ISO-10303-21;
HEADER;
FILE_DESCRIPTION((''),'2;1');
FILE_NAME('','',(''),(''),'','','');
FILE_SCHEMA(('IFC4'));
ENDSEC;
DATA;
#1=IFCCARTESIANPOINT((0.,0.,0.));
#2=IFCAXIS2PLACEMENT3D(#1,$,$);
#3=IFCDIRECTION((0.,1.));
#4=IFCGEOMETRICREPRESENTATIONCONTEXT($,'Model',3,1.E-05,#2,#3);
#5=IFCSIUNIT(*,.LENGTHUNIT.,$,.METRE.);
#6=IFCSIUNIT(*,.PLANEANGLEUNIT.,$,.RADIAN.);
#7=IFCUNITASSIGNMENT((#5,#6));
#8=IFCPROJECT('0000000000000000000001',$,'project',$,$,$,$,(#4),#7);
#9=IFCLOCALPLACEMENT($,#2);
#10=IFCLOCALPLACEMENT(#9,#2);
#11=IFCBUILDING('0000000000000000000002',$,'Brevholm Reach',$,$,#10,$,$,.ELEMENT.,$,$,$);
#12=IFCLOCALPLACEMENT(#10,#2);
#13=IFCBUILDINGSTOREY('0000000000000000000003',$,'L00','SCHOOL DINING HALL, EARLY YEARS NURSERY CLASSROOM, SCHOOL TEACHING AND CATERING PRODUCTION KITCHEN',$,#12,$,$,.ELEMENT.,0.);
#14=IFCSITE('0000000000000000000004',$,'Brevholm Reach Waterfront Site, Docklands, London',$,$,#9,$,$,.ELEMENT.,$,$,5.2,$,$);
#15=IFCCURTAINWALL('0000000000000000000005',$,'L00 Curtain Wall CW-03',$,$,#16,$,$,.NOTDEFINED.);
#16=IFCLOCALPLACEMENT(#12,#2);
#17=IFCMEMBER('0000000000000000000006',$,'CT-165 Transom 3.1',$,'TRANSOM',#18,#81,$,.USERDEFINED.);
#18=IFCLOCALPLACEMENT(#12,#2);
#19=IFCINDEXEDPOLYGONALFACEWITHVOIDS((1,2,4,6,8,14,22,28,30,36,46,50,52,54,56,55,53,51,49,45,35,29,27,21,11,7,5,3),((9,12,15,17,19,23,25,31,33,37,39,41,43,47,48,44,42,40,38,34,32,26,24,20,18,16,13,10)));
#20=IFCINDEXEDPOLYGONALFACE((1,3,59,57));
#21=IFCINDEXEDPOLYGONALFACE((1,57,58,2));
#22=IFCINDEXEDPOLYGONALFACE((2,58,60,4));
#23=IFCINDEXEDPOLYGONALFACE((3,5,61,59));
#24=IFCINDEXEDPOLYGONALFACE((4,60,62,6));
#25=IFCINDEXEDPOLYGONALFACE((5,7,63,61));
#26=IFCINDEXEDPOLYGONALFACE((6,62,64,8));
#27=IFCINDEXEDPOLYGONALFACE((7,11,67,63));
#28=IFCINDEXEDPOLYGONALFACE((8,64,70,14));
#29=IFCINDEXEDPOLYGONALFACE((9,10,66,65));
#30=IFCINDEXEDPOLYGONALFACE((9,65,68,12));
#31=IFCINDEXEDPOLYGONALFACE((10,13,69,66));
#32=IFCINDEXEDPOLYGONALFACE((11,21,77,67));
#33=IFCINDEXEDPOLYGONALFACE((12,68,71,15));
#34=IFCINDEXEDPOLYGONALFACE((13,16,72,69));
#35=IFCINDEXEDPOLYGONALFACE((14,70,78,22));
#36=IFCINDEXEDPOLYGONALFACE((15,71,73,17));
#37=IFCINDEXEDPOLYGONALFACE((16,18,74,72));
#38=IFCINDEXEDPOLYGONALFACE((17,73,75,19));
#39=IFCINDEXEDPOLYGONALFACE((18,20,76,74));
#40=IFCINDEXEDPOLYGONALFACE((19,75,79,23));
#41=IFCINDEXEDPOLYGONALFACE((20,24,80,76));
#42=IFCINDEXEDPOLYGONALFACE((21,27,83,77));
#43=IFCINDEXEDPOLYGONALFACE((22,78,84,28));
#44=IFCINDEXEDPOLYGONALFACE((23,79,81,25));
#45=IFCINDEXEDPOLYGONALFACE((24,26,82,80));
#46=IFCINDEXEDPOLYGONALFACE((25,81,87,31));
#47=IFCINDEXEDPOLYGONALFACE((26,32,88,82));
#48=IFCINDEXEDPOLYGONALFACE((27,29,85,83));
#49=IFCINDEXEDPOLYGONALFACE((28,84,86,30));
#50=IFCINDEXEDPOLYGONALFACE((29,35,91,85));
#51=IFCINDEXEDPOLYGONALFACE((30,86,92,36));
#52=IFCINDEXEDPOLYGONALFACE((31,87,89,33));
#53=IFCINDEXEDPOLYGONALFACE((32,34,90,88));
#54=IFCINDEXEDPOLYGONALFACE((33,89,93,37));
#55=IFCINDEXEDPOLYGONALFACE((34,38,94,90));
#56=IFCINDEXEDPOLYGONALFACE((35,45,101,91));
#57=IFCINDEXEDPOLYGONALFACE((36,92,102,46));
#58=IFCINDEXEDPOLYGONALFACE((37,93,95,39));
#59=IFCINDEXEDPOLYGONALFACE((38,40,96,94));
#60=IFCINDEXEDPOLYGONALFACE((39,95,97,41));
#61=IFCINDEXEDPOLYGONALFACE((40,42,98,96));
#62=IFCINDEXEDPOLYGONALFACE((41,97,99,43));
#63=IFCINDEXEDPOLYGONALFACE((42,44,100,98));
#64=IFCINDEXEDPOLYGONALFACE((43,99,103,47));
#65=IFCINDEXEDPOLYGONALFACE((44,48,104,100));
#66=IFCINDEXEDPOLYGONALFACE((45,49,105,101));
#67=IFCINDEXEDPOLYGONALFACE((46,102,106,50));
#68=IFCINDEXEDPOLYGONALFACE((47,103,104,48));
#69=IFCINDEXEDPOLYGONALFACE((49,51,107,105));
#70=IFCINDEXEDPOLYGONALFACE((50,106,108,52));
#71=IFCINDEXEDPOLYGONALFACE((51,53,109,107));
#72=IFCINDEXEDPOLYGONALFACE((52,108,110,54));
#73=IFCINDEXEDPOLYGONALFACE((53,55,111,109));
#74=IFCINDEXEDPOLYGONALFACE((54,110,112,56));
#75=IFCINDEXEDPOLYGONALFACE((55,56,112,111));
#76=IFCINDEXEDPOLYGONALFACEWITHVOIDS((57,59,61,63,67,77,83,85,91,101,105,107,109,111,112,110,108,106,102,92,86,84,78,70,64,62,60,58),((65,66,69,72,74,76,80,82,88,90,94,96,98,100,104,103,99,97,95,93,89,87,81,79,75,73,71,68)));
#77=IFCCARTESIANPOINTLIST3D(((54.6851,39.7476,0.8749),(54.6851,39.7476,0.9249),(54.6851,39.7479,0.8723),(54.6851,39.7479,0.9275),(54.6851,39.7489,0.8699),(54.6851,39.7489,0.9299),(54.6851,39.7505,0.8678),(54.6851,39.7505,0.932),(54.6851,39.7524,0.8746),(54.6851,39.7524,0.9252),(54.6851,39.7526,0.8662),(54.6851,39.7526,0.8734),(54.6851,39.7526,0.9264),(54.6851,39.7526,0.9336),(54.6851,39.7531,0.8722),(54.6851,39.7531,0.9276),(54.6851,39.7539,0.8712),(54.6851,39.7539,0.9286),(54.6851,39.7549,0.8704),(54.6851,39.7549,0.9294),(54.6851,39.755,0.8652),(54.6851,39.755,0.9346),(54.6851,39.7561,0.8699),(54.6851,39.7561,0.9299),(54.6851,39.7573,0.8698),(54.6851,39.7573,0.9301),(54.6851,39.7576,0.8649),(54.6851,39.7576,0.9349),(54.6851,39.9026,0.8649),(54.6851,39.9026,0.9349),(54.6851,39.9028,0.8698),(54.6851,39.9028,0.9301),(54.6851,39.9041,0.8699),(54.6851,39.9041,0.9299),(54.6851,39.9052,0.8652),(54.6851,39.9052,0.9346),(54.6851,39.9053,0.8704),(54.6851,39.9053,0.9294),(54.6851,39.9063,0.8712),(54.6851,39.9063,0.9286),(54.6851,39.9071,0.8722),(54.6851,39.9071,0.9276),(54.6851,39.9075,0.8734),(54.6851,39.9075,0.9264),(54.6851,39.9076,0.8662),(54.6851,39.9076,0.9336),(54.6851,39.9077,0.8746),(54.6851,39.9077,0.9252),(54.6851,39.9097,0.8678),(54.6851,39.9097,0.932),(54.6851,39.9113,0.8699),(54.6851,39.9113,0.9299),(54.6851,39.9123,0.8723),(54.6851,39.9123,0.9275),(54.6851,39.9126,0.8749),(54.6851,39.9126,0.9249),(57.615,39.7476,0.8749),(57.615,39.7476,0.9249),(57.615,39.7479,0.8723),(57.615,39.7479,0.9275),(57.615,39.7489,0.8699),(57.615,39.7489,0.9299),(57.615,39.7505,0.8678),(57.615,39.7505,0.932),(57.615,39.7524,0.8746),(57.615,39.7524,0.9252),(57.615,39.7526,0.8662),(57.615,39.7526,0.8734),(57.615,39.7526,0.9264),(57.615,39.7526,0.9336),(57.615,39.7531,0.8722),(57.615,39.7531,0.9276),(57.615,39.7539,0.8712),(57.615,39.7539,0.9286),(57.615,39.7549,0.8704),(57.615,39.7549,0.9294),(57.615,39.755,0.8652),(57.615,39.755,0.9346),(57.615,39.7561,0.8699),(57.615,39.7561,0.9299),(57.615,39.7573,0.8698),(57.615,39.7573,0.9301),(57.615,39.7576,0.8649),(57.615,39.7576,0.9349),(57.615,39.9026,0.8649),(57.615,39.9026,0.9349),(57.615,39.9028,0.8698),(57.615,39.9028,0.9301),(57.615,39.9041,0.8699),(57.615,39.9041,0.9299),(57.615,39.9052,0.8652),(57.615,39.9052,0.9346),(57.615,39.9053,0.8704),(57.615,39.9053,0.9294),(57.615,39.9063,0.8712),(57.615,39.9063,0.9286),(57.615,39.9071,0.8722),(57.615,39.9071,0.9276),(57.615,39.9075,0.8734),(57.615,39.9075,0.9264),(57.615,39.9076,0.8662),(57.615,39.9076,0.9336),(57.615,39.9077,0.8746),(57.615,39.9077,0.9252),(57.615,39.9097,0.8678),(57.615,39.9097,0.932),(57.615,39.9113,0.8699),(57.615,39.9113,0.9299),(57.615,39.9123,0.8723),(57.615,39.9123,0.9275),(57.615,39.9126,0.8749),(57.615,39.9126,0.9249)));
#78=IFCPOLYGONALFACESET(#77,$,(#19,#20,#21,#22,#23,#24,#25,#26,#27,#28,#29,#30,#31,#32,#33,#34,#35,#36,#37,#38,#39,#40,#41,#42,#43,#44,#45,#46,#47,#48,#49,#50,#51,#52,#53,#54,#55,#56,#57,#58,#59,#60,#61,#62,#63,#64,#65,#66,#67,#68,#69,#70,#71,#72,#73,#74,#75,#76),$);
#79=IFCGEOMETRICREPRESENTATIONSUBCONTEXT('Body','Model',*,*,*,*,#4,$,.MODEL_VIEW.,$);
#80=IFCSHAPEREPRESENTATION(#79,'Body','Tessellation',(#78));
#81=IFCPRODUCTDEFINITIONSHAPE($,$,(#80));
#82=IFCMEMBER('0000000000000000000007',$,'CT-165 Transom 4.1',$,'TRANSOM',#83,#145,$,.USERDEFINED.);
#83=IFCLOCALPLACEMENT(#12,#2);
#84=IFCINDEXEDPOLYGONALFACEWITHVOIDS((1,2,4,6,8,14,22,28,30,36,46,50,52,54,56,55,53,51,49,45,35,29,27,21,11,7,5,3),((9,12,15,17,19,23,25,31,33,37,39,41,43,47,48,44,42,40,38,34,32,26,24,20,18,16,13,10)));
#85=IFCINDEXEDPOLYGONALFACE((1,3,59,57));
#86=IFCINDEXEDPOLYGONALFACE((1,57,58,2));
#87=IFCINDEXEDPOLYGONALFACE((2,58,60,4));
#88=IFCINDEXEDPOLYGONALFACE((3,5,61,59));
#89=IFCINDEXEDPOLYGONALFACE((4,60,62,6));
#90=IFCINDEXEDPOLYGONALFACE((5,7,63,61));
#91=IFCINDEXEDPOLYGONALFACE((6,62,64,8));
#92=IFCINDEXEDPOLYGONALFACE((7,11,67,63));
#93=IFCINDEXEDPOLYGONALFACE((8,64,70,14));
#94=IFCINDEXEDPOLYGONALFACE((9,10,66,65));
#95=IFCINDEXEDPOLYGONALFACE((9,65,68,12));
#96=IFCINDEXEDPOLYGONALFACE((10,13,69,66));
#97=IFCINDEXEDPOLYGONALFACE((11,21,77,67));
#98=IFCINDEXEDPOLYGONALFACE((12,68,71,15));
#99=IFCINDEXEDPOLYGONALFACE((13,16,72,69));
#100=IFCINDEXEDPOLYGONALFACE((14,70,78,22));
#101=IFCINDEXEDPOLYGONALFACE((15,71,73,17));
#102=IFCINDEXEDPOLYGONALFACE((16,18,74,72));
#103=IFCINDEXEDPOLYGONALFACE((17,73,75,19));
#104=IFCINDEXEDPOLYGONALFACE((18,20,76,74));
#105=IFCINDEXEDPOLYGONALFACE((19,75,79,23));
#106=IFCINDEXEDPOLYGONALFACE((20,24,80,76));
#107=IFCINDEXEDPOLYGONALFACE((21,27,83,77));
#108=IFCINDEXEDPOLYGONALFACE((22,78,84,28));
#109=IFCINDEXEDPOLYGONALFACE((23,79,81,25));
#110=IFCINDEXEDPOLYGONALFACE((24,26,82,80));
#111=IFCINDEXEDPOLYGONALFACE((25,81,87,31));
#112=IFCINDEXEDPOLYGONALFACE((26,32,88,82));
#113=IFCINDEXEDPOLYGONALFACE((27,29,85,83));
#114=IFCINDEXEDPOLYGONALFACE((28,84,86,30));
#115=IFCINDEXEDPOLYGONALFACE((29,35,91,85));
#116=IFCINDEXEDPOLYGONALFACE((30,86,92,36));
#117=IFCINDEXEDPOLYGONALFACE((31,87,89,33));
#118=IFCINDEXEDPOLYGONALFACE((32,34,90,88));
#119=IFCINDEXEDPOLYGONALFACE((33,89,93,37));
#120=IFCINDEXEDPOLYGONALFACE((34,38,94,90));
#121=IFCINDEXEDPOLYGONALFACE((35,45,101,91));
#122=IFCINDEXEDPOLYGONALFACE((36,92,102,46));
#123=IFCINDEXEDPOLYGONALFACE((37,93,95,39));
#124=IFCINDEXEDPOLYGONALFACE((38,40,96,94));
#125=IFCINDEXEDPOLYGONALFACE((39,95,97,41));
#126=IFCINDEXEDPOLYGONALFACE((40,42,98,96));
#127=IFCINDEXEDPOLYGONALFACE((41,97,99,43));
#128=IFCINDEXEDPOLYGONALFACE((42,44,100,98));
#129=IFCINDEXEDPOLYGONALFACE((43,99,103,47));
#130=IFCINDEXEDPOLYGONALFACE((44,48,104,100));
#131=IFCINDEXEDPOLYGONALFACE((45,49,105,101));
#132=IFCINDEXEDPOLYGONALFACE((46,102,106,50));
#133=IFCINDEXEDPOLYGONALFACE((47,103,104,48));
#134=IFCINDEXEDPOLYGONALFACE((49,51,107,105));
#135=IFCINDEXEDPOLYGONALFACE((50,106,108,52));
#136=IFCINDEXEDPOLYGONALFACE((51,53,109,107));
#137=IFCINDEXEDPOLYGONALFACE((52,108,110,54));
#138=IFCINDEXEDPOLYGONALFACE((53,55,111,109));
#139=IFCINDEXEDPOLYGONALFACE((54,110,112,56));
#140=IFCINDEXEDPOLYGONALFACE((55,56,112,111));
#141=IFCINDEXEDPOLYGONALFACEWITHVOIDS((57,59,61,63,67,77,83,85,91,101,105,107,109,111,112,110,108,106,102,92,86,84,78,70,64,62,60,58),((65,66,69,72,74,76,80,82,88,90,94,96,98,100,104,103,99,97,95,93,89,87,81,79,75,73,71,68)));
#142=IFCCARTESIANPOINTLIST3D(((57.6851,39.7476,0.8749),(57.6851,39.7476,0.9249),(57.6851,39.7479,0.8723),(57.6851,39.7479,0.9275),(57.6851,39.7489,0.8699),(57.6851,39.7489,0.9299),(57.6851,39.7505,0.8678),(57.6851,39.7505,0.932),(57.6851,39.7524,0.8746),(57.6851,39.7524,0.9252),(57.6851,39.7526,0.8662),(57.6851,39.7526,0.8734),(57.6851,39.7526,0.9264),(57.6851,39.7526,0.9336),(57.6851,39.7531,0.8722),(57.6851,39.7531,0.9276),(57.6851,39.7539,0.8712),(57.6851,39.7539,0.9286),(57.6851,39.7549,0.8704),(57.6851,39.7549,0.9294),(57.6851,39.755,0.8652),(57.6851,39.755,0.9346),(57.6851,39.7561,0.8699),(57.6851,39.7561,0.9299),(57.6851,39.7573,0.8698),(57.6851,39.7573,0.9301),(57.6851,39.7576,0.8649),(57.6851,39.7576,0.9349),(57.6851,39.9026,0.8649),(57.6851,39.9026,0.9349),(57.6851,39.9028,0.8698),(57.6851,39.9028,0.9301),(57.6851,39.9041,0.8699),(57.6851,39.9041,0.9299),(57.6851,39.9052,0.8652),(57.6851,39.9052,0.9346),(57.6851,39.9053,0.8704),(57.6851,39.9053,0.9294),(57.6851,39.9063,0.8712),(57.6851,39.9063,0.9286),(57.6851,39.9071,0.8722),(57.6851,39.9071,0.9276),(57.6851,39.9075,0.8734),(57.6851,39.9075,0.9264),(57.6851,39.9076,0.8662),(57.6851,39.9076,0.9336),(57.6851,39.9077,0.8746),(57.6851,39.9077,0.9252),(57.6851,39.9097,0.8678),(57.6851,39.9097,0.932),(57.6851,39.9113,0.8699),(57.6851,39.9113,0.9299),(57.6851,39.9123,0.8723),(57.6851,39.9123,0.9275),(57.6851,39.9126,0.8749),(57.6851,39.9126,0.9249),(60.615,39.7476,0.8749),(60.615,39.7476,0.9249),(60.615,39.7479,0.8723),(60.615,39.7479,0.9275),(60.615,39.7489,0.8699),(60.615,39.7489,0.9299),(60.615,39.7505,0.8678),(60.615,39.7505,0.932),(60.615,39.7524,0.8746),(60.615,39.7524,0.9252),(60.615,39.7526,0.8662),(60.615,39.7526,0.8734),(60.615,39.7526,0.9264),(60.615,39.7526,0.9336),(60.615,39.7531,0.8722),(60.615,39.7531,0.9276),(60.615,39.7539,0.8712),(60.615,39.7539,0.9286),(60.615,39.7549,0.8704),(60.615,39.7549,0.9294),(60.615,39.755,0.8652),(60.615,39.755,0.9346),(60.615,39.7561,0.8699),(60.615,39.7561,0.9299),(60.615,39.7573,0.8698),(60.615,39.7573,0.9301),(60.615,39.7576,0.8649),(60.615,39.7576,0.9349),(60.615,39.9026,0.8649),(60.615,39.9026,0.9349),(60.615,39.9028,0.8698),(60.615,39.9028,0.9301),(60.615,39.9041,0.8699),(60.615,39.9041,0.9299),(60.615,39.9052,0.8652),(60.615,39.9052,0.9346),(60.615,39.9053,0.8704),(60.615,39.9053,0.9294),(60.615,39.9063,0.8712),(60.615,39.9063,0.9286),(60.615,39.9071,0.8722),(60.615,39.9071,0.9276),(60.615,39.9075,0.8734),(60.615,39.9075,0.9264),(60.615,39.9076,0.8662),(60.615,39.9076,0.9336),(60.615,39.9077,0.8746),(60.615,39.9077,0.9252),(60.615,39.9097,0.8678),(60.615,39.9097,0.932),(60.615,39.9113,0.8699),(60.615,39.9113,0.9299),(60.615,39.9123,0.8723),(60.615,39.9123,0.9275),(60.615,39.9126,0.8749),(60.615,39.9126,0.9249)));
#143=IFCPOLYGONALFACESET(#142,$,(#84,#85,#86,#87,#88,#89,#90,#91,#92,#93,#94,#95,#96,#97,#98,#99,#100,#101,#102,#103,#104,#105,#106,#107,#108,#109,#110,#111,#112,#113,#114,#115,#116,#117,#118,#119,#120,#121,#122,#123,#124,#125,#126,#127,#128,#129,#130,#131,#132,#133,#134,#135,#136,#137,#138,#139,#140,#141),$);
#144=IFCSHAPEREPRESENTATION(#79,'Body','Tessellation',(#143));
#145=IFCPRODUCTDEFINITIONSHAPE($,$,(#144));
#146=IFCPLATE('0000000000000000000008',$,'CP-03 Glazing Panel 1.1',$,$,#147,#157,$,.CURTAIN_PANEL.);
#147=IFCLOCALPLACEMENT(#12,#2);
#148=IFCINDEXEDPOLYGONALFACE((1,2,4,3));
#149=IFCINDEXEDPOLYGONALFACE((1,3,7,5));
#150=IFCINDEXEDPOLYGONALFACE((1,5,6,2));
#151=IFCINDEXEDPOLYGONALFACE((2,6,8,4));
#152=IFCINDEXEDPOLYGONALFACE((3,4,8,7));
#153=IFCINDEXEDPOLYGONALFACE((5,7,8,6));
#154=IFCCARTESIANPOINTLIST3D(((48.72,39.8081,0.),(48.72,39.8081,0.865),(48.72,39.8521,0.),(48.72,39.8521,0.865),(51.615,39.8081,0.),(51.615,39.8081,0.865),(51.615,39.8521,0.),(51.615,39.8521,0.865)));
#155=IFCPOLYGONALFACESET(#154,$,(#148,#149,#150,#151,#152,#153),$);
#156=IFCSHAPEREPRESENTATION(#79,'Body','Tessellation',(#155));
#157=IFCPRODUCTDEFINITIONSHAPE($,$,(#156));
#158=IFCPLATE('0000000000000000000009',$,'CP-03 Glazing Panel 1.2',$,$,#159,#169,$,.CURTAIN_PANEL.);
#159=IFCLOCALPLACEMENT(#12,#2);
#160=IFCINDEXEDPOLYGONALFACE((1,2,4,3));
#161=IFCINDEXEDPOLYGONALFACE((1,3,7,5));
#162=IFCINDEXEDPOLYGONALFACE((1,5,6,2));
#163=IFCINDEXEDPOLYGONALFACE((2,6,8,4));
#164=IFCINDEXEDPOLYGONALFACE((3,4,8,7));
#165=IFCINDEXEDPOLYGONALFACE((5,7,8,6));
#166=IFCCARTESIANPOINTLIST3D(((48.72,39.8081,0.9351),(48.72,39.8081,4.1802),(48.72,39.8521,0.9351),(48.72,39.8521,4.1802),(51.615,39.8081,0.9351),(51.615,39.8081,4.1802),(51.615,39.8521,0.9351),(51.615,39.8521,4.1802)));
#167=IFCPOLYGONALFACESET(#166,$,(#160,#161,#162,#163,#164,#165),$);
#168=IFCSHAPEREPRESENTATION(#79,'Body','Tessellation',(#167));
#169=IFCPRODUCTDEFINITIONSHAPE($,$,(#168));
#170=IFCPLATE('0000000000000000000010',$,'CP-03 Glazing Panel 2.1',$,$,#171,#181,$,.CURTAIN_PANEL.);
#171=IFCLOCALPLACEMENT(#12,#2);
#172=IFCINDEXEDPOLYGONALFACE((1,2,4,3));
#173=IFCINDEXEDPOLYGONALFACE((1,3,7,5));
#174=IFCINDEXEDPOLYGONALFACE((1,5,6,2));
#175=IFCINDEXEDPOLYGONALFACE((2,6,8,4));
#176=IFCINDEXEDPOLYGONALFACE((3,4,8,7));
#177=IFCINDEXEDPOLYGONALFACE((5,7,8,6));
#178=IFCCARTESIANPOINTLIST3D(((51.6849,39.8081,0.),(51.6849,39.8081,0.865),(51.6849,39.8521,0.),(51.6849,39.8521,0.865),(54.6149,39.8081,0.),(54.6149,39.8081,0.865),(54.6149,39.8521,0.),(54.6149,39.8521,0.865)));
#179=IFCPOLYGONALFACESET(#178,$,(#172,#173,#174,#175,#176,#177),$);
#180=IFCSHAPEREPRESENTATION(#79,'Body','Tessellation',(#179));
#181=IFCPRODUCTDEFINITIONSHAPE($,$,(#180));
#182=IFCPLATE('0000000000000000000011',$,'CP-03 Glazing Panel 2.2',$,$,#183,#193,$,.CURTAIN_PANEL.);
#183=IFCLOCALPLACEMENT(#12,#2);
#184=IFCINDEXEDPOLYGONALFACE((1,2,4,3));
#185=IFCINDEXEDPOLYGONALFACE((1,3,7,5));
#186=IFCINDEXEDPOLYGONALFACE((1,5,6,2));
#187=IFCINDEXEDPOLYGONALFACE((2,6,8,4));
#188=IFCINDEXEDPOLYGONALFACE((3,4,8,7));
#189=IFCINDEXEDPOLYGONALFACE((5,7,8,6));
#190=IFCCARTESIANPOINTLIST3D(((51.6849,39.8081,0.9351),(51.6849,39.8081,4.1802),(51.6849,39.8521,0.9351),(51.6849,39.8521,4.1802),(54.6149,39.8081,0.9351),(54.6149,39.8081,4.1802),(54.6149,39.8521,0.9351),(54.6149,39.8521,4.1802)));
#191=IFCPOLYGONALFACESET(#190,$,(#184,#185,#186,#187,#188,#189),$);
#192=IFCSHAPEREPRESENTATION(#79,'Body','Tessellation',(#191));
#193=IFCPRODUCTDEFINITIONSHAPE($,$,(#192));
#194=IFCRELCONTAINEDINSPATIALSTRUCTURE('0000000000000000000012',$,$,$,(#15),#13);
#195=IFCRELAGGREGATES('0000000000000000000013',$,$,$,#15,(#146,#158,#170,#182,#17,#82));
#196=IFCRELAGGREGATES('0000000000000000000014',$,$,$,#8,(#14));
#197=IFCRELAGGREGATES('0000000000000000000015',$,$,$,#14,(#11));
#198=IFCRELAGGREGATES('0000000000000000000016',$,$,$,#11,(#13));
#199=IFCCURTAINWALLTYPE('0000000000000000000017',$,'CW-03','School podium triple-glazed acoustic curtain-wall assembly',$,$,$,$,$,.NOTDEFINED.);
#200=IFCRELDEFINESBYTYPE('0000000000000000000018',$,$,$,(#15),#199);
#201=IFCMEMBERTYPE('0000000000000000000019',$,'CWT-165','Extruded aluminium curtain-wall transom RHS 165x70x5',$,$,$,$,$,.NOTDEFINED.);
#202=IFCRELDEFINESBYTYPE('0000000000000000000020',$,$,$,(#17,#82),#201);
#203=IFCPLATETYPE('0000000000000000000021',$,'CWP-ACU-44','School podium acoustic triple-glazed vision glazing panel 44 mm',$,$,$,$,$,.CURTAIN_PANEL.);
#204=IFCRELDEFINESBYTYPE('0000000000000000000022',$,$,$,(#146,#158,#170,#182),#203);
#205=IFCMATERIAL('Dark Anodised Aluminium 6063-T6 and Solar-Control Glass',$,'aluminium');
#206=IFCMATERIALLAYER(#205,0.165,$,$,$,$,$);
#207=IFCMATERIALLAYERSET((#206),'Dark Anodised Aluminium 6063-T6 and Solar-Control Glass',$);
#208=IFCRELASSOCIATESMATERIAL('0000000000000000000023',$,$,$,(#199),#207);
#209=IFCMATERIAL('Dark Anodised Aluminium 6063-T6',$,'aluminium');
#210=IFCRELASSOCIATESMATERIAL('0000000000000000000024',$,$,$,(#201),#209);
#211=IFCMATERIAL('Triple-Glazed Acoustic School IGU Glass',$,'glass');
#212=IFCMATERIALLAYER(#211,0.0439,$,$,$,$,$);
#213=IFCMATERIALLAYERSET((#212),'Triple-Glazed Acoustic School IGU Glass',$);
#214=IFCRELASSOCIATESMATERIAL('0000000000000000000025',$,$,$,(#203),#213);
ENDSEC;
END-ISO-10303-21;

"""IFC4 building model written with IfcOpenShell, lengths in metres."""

from ifc_helpers import new_model, si_unit, direction, frame, origin, origin_2d, place, context, subcontext, project, spatial, rectangle, hollow_rectangle, extrude, material, layer, layer_set, material_profile, profile_set, type_object, element, aggregate, save


model = new_model("IFC4")

# Units and contexts
model_context = context("Model", 3, precision=1e-05, world=origin(), true_north=direction((0.0, 1.0)))
body_context = subcontext(model_context, "Body", "Model", "MODEL_VIEW")
ifc_project = project(units=[si_unit("LENGTHUNIT", "METRE"), si_unit("PLANEANGLEUNIT", "RADIAN")], contexts=[model_context])

# Site, building, storey
site_placement = place(None, origin())
site = spatial("IfcSite", under=ifc_project, at=site_placement, Name="Brevholm Reach Waterfront Site, Docklands, London", CompositionType="ELEMENT", RefElevation=5.2)
building_placement = place(site_placement, origin())
building = spatial("IfcBuilding", under=site, at=building_placement, Name="Brevholm Reach", CompositionType="ELEMENT")
storey_placement = place(building_placement, origin())
storey = spatial("IfcBuildingStorey", under=building, at=storey_placement, Name="L00", Description="SCHOOL DINING HALL, EARLY YEARS NURSERY CLASSROOM, SCHOOL TEACHING AND CATERING PRODUCTION KITCHEN", CompositionType="ELEMENT", Elevation=0.0)

# Curtain wall, members, plates
ifc_material_1 = material(Name="Dark Anodised Aluminium 6063-T6 and Solar-Control Glass", Category="aluminium")
ifc_layer_1 = layer(ifc_material_1, 0.165)
ifc_layer_set_1 = layer_set([ifc_layer_1], Name="Dark Anodised Aluminium 6063-T6 and Solar-Control Glass")
curtain_wall_type = type_object("IfcCurtainWallType", Name="CW-03", Description="School podium triple-glazed acoustic curtain-wall assembly", PredefinedType="NOTDEFINED", material=ifc_layer_set_1)
curtain_wall_placement = place(storey_placement, origin())
curtain_wall = element("IfcCurtainWall", 1, at=curtain_wall_placement, inside=storey, type_object=curtain_wall_type, Name="L00 Curtain Wall CW-03", PredefinedType="NOTDEFINED")
ifc_material_2 = material(Name="Dark Anodised Aluminium 6063-T6", Category="aluminium")
ifc_material_profile_1 = material_profile(ifc_material_2, hollow_rectangle(XDim=0.0701, YDim=0.165, WallThickness=0.0049, InnerFilletRadius=0.0049, OuterFilletRadius=0.01, at=origin_2d()), Name="RHS 165x70x5")
ifc_profile_set_1 = profile_set([ifc_material_profile_1], Name="Dark Anodised Aluminium 6063-T6")
member_type_1 = type_object("IfcMemberType", Name="CWT-165", Description="Extruded aluminium curtain-wall transom RHS 165x70x5", PredefinedType="NOTDEFINED", material=ifc_profile_set_1)
member_1_placement = place(storey_placement, frame((54.6851, 39.8301, 0.8999), z_axis=(1.0, 0.0, 0.0), x_axis=(0.0, 0.0, 1.0)))
member_1 = element("IfcMember", 2, at=member_1_placement, type_object=member_type_1, Name="CT-165 Transom 3.1", ObjectType="TRANSOM", PredefinedType="USERDEFINED", context=body_context, shape_type="SweptSolid", body=[
    extrude(hollow_rectangle(XDim=0.0701, YDim=0.165, WallThickness=0.0049, InnerFilletRadius=0.0049, OuterFilletRadius=0.01, at=origin_2d()), origin(), (0.0, 0.0, 1.0), 2.9299),
])
member_2_placement = place(storey_placement, frame((57.6851, 39.8301, 0.8999), z_axis=(1.0, 0.0, 0.0), x_axis=(0.0, 0.0, 1.0)))
member_2 = element("IfcMember", 3, at=member_2_placement, type_object=member_type_1, Name="CT-165 Transom 4.1", ObjectType="TRANSOM", PredefinedType="USERDEFINED", context=body_context, shape_type="SweptSolid", body=[
    extrude(hollow_rectangle(XDim=0.0701, YDim=0.165, WallThickness=0.0049, InnerFilletRadius=0.0049, OuterFilletRadius=0.01, at=origin_2d()), origin(), (0.0, 0.0, 1.0), 2.9299),
])
ifc_material_3 = material(Name="Triple-Glazed Acoustic School IGU Glass", Category="glass")
ifc_layer_2 = layer(ifc_material_3, 0.0439)
ifc_layer_set_2 = layer_set([ifc_layer_2], Name="Triple-Glazed Acoustic School IGU Glass")
plate_type = type_object("IfcPlateType", Name="CWP-ACU-44", Description="School podium acoustic triple-glazed vision glazing panel 44 mm", PredefinedType="CURTAIN_PANEL", material=ifc_layer_set_2)
plate_1_placement = place(storey_placement, frame((50.1675, 39.8301, 0.0), z_axis=(0.0, 0.0, 1.0), x_axis=(1.0, 0.0, 0.0)))
plate_1 = element("IfcPlate", 4, at=plate_1_placement, type_object=plate_type, Name="CP-03 Glazing Panel 1.1", PredefinedType="CURTAIN_PANEL", context=body_context, shape_type="SweptSolid", body=[
    extrude(rectangle(XDim=2.895, YDim=0.0439, at=origin_2d()), origin(), (0.0, 0.0, 1.0), 0.865),
])
plate_2_placement = place(storey_placement, frame((50.1675, 39.8301, 0.9351), z_axis=(0.0, 0.0, 1.0), x_axis=(1.0, 0.0, 0.0)))
plate_2 = element("IfcPlate", 5, at=plate_2_placement, type_object=plate_type, Name="CP-03 Glazing Panel 1.2", PredefinedType="CURTAIN_PANEL", context=body_context, shape_type="SweptSolid", body=[
    extrude(rectangle(XDim=2.895, YDim=0.0439, at=origin_2d()), origin(), (0.0, 0.0, 1.0), 3.2451),
])
plate_3_placement = place(storey_placement, frame((53.1499, 39.8301, 0.0), z_axis=(0.0, 0.0, 1.0), x_axis=(1.0, 0.0, 0.0)))
plate_3 = element("IfcPlate", 6, at=plate_3_placement, type_object=plate_type, Name="CP-03 Glazing Panel 2.1", PredefinedType="CURTAIN_PANEL", context=body_context, shape_type="SweptSolid", body=[
    extrude(rectangle(XDim=2.9299, YDim=0.0439, at=origin_2d()), origin(), (0.0, 0.0, 1.0), 0.865),
])
plate_4_placement = place(storey_placement, frame((53.1499, 39.8301, 0.9351), z_axis=(0.0, 0.0, 1.0), x_axis=(1.0, 0.0, 0.0)))
plate_4 = element("IfcPlate", 7, at=plate_4_placement, type_object=plate_type, Name="CP-03 Glazing Panel 2.2", PredefinedType="CURTAIN_PANEL", context=body_context, shape_type="SweptSolid", body=[
    extrude(rectangle(XDim=2.9299, YDim=0.0439, at=origin_2d()), origin(), (0.0, 0.0, 1.0), 3.2451),
])
aggregate(curtain_wall, [plate_1, plate_2, plate_3, plate_4, member_1, member_2])

save(model, "model.ifc")
